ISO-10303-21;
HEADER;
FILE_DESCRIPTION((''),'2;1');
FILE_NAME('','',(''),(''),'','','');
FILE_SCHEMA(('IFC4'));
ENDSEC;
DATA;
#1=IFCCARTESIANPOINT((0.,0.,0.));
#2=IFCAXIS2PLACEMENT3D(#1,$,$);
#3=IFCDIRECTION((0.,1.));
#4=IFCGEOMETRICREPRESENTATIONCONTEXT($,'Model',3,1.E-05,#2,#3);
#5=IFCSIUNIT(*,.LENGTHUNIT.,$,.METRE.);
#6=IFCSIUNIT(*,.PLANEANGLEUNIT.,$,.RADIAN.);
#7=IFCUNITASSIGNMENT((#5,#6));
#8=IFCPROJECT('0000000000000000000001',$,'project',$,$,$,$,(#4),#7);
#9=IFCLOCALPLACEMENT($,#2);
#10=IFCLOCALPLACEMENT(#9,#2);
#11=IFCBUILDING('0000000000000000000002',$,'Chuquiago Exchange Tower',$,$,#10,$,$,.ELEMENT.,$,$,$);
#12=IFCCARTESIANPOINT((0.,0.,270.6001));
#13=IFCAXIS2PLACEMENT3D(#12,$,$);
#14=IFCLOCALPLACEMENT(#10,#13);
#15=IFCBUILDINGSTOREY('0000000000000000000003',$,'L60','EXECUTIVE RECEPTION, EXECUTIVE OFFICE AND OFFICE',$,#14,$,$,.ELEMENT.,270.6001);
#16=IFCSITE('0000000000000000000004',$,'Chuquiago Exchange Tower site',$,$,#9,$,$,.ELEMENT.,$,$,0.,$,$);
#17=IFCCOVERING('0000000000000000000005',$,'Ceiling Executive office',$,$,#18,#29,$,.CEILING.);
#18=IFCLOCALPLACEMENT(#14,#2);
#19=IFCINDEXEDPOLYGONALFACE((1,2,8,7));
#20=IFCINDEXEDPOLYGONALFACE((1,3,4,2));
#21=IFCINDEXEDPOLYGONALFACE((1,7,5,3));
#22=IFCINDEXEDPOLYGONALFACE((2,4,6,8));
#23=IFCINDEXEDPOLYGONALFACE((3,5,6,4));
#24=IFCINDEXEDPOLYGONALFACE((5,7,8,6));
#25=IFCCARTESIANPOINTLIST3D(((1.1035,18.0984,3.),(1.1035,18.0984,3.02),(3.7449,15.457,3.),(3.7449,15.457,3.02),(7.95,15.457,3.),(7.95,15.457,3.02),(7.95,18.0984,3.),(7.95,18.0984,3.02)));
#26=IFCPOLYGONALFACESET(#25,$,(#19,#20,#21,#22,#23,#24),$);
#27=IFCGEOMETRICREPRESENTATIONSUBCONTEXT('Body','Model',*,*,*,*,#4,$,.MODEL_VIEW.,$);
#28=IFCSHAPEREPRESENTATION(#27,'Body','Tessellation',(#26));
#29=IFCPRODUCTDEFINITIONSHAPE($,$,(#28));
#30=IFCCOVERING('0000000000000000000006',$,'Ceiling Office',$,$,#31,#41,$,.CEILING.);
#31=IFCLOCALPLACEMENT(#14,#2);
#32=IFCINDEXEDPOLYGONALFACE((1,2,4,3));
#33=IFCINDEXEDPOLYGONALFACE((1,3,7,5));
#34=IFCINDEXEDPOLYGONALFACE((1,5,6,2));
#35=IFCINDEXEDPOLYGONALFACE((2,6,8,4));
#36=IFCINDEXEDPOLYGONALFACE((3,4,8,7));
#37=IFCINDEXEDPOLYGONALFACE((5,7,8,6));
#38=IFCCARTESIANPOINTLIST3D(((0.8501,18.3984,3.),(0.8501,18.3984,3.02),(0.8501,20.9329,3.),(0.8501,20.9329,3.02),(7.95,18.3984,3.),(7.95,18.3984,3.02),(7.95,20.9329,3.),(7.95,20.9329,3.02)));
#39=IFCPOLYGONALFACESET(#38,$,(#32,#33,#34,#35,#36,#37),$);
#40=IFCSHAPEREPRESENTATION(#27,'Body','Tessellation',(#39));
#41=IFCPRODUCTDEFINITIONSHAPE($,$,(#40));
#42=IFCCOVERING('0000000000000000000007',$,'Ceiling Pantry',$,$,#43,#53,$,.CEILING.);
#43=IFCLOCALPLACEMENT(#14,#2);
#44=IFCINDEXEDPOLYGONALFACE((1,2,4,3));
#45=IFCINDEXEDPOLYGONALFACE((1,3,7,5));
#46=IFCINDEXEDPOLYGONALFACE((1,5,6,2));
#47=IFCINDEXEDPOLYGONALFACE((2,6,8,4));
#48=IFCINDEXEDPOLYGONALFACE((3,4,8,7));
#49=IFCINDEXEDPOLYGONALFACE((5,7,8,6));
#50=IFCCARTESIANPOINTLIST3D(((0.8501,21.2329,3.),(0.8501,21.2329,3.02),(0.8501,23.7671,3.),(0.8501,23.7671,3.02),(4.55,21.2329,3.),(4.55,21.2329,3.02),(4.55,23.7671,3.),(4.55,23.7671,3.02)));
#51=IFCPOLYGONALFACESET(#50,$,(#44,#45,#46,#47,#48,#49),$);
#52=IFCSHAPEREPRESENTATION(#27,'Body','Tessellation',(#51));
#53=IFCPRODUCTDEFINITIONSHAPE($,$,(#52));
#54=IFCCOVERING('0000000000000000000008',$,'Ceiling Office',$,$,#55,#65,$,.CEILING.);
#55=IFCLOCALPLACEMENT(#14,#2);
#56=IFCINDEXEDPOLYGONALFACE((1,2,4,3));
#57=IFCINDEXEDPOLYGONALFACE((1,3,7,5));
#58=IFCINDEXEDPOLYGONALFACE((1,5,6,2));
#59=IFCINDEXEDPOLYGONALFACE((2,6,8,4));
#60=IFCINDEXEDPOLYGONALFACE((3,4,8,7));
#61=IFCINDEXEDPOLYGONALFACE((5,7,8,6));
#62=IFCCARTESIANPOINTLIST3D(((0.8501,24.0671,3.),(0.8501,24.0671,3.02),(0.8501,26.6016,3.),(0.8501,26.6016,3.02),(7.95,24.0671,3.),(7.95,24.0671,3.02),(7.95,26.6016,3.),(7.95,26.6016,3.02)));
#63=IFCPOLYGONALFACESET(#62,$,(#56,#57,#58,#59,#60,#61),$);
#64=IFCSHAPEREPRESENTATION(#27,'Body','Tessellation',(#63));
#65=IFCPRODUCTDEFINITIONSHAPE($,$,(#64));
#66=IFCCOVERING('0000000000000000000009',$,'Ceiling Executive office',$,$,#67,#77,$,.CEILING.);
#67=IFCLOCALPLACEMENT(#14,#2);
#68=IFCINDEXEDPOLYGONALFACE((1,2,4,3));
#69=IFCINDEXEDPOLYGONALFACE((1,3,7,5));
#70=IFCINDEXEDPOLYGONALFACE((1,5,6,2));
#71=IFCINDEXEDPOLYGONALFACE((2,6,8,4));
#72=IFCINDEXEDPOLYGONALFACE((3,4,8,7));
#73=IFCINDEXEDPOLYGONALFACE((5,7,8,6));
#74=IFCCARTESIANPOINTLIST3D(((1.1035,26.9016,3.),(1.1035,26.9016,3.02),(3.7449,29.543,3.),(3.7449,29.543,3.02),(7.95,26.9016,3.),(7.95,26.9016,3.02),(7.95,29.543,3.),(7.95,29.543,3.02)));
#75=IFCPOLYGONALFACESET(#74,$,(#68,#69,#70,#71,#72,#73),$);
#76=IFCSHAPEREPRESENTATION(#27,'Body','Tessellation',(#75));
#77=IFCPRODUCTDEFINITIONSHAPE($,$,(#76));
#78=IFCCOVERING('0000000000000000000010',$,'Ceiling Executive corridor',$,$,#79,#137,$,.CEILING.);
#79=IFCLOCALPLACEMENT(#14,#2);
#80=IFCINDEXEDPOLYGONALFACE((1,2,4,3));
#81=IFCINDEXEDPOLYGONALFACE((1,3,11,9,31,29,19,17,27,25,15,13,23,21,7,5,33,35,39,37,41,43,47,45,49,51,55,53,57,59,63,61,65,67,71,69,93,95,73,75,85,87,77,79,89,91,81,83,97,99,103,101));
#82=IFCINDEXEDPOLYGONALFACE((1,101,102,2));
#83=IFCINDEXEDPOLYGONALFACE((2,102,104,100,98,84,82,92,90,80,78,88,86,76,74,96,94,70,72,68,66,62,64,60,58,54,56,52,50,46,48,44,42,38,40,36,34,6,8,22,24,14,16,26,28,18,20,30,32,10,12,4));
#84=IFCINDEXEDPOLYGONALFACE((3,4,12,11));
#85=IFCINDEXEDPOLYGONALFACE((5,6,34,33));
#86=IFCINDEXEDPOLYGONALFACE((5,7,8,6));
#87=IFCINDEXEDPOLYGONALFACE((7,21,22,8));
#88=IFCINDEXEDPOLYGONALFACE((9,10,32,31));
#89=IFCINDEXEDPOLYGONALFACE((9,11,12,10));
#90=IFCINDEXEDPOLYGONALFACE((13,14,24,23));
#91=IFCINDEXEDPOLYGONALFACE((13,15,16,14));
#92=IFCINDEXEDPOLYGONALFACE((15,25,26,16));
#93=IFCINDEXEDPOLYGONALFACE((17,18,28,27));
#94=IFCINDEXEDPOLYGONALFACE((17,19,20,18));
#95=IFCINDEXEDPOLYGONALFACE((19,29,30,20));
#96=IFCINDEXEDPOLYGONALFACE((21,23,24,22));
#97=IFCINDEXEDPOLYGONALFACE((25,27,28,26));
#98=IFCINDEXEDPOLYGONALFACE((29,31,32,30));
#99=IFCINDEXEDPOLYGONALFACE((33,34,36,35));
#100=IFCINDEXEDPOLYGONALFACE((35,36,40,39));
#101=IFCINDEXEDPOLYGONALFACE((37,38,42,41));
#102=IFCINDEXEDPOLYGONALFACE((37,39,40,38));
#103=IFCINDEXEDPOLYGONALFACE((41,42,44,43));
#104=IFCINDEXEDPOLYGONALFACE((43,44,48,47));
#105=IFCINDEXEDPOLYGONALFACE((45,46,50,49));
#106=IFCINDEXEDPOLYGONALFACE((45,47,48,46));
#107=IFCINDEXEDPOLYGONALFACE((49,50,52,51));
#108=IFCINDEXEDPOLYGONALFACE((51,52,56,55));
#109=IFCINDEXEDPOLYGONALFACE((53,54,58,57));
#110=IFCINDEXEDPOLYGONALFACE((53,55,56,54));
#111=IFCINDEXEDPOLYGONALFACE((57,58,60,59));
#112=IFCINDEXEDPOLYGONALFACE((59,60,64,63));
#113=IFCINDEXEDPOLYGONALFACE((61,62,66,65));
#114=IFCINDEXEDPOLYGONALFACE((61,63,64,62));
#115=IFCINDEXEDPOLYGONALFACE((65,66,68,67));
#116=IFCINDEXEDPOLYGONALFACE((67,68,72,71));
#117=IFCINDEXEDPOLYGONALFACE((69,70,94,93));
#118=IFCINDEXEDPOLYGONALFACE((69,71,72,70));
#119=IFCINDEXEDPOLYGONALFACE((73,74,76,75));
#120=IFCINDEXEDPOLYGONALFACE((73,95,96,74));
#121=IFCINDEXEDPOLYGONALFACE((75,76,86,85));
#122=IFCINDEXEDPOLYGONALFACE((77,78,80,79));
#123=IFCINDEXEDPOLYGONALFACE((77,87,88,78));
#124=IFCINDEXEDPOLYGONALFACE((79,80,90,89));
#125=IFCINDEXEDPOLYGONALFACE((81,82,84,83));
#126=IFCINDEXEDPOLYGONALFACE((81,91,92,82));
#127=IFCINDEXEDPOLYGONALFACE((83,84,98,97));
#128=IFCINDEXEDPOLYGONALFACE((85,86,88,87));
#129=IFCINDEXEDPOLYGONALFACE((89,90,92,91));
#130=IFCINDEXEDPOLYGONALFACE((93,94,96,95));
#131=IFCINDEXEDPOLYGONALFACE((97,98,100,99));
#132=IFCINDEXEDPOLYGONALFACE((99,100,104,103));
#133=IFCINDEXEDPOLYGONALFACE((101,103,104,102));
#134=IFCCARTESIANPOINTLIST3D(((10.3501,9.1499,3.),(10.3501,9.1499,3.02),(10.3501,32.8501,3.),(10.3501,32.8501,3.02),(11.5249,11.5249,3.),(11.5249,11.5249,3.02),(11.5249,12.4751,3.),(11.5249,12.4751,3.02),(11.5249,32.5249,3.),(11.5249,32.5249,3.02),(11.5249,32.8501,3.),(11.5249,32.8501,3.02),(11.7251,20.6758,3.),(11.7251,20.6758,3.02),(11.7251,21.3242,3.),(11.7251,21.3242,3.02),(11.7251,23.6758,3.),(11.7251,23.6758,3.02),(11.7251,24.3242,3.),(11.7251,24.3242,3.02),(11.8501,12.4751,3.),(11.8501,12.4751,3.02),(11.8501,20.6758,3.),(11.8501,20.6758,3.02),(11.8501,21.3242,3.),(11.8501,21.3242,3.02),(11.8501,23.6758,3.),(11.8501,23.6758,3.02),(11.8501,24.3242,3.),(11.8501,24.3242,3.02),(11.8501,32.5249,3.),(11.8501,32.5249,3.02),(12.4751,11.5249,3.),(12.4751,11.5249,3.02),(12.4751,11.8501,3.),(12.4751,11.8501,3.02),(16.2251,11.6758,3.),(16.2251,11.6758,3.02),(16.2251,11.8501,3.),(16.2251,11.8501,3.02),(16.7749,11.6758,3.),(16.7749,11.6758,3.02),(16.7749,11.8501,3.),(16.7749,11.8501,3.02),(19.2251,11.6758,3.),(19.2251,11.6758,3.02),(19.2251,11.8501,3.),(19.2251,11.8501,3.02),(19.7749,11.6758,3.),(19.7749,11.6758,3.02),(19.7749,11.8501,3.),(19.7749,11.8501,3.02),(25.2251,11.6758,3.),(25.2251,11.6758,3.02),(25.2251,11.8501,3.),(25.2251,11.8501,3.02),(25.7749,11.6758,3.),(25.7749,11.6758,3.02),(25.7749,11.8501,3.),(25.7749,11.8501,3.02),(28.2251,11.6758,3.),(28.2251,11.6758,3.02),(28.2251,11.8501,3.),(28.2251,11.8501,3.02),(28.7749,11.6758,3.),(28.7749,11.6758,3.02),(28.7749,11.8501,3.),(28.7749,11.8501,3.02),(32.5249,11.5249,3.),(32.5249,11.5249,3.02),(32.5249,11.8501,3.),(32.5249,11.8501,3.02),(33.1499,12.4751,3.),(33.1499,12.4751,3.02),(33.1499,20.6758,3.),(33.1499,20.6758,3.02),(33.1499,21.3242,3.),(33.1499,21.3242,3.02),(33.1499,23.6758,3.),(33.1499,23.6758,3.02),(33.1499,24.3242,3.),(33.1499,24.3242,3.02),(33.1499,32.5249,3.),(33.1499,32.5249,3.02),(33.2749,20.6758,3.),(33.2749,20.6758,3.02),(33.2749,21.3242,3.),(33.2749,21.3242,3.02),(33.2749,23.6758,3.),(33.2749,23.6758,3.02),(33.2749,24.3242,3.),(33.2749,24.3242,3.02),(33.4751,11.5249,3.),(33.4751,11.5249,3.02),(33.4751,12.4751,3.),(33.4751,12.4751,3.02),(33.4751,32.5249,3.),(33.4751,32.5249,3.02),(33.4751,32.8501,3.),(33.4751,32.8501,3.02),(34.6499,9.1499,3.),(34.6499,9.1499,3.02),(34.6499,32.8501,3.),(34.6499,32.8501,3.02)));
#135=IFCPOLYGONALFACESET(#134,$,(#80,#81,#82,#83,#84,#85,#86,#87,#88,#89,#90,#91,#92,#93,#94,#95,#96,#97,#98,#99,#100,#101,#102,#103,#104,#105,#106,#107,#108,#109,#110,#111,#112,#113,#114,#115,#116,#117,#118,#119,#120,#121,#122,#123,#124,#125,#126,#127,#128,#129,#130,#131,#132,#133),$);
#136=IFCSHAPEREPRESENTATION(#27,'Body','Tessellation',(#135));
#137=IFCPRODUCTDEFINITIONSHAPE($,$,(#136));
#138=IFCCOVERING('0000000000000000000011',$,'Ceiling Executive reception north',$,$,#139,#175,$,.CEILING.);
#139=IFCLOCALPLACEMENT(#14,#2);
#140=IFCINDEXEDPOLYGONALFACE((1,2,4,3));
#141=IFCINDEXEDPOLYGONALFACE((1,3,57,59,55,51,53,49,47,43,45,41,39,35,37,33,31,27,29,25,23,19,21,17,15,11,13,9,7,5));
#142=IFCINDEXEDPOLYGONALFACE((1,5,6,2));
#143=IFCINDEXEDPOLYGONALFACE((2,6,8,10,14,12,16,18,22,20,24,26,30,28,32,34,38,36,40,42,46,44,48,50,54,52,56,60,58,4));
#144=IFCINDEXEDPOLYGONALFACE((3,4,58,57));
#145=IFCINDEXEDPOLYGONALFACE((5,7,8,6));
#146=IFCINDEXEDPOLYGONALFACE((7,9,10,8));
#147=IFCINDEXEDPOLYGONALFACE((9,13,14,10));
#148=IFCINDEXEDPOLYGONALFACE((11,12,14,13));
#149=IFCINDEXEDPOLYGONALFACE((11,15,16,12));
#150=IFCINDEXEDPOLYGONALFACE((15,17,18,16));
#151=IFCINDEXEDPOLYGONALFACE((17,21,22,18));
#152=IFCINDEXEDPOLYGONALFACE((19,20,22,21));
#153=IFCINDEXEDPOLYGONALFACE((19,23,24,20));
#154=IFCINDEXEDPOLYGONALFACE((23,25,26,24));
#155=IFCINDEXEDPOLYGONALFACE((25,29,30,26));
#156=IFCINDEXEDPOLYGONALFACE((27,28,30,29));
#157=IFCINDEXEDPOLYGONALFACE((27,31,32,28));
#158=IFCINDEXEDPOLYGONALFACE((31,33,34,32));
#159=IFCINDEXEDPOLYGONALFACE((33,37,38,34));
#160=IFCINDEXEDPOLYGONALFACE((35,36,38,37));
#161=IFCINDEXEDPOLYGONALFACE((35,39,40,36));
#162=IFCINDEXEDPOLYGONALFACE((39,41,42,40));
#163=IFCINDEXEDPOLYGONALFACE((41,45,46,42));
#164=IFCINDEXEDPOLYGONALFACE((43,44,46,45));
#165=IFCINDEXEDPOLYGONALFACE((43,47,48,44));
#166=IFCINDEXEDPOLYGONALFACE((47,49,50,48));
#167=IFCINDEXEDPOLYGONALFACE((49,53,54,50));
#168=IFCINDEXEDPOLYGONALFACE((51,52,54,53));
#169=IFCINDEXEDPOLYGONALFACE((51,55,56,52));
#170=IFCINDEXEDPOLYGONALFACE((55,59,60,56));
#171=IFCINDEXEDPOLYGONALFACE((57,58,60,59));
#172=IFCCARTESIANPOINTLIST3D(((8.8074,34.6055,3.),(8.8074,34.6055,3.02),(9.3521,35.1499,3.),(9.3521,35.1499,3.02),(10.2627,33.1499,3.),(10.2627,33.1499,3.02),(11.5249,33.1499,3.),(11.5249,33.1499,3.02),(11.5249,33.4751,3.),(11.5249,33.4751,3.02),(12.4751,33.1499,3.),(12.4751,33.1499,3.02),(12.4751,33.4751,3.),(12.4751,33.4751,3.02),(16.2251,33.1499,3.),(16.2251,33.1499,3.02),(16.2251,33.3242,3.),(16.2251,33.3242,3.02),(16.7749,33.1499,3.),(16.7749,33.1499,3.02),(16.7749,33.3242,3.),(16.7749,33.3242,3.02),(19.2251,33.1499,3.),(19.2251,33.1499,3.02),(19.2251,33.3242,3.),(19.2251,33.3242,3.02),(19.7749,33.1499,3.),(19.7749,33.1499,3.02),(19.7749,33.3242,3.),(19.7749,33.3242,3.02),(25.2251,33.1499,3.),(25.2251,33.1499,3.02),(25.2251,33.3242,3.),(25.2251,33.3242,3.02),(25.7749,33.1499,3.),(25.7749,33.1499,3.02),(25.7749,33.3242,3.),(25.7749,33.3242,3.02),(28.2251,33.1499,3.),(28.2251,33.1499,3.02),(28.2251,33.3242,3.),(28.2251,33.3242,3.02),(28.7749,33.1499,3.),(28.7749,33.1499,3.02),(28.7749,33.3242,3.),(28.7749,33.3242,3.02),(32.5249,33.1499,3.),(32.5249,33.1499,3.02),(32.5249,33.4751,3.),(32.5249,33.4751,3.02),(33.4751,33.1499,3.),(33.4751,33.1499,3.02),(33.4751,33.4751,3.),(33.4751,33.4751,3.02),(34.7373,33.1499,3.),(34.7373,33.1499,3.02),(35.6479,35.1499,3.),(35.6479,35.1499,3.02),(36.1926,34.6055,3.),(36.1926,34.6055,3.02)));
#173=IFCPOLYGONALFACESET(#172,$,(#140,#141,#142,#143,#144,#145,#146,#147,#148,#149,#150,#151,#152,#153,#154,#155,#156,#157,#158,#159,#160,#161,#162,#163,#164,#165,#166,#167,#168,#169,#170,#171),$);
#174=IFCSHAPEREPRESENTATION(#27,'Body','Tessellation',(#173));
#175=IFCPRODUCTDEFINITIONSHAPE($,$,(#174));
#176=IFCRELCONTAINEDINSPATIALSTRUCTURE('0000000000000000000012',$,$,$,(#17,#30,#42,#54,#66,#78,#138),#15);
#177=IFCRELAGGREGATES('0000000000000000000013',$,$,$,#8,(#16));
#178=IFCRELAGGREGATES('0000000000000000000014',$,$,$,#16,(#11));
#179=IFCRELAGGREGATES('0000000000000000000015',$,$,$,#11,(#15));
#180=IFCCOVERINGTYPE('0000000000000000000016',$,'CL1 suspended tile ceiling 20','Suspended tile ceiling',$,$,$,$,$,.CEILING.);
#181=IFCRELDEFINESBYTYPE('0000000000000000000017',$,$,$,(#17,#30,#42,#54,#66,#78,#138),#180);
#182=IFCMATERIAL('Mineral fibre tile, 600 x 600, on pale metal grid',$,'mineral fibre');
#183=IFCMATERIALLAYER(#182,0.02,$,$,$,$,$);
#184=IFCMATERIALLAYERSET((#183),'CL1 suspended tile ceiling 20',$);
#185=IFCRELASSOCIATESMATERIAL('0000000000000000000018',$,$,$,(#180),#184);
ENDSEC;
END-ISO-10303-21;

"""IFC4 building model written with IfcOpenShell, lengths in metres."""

from ifc_helpers import new_model, si_unit, direction, frame, origin, place, context, subcontext, project, spatial, polyline, outline, extrude, material, layer, layer_set, type_object, element, save


model = new_model("IFC4")

# Units and contexts
model_context = context("Model", 3, precision=1e-05, world=origin(), true_north=direction((0.0, 1.0)))
body_context = subcontext(model_context, "Body", "Model", "MODEL_VIEW")
ifc_project = project(units=[si_unit("LENGTHUNIT", "METRE"), si_unit("PLANEANGLEUNIT", "RADIAN")], contexts=[model_context])

# Site, building, storey
site_placement = place(None, origin())
site = spatial("IfcSite", under=ifc_project, at=site_placement, Name="Chuquiago Exchange Tower site", CompositionType="ELEMENT", RefElevation=0.0)
building_placement = place(site_placement, origin())
building = spatial("IfcBuilding", under=site, at=building_placement, Name="Chuquiago Exchange Tower", CompositionType="ELEMENT")
storey_placement = place(building_placement, frame((0.0, 0.0, 270.6001)))
storey = spatial("IfcBuildingStorey", under=building, at=storey_placement, Name="L60", Description="EXECUTIVE RECEPTION, EXECUTIVE OFFICE AND OFFICE", CompositionType="ELEMENT", Elevation=270.6001)

# Coverings
ifc_material_1 = material(Name="Mineral fibre tile, 600 x 600, on pale metal grid", Category="mineral fibre")
ifc_layer_1 = layer(ifc_material_1, 0.02)
ifc_layer_set_1 = layer_set([ifc_layer_1], Name="CL1 suspended tile ceiling 20")
covering_type_1 = type_object("IfcCoveringType", Name="CL1 suspended tile ceiling 20", Description="Suspended tile ceiling", PredefinedType="CEILING", material=ifc_layer_set_1)
covering_1_placement = place(storey_placement, frame((0.0, 0.0, 3.0)))
element("IfcCovering", 1, at=covering_1_placement, inside=storey, type_object=covering_type_1, Name="Ceiling Executive office", PredefinedType="CEILING", context=body_context, shape_type="SweptSolid", body=[
    extrude(outline(polyline([(7.95, 18.0984), (7.95, 15.457), (3.7449, 15.457), (1.1035, 18.0984), (7.95, 18.0984)])), origin(), (0.0, 0.0, 1.0), 0.02),
])
covering_2_placement = place(storey_placement, frame((0.0, 0.0, 3.0)))
element("IfcCovering", 2, at=covering_2_placement, inside=storey, type_object=covering_type_1, Name="Ceiling Office", PredefinedType="CEILING", context=body_context, shape_type="SweptSolid", body=[
    extrude(outline(polyline([(0.8501, 20.9329), (7.95, 20.9329), (7.95, 18.3984), (0.8501, 18.3984), (0.8501, 20.9329)])), origin(), (0.0, 0.0, 1.0), 0.02),
])
covering_3_placement = place(storey_placement, frame((0.0, 0.0, 3.0)))
element("IfcCovering", 3, at=covering_3_placement, inside=storey, type_object=covering_type_1, Name="Ceiling Pantry", PredefinedType="CEILING", context=body_context, shape_type="SweptSolid", body=[
    extrude(outline(polyline([(4.55, 23.7671), (4.55, 21.2329), (0.8501, 21.2329), (0.8501, 23.7671), (4.55, 23.7671)])), origin(), (0.0, 0.0, 1.0), 0.02),
])
covering_4_placement = place(storey_placement, frame((0.0, 0.0, 3.0)))
element("IfcCovering", 4, at=covering_4_placement, inside=storey, type_object=covering_type_1, Name="Ceiling Office", PredefinedType="CEILING", context=body_context, shape_type="SweptSolid", body=[
    extrude(outline(polyline([(7.95, 26.6016), (7.95, 24.0671), (0.8501, 24.0671), (0.8501, 26.6016), (7.95, 26.6016)])), origin(), (0.0, 0.0, 1.0), 0.02),
])
covering_5_placement = place(storey_placement, frame((0.0, 0.0, 3.0)))
element("IfcCovering", 5, at=covering_5_placement, inside=storey, type_object=covering_type_1, Name="Ceiling Executive office", PredefinedType="CEILING", context=body_context, shape_type="SweptSolid", body=[
    extrude(outline(polyline([(7.95, 29.543), (7.95, 26.9016), (1.1035, 26.9016), (3.7449, 29.543), (7.95, 29.543)])), origin(), (0.0, 0.0, 1.0), 0.02),
])
covering_6_placement = place(storey_placement, frame((0.0, 0.0, 3.0)))
element("IfcCovering", 6, at=covering_6_placement, inside=storey, type_object=covering_type_1, Name="Ceiling Executive corridor", PredefinedType="CEILING", context=body_context, shape_type="SweptSolid", body=[
    extrude(outline(polyline([(16.2251, 11.8501), (16.2251, 11.6758), (16.7749, 11.6758), (16.7749, 11.8501), (19.2251, 11.8501), (19.2251, 11.6758), (19.7749, 11.6758), (19.7749, 11.8501), (25.2251, 11.8501), (25.2251, 11.6758), (25.7749, 11.6758), (25.7749, 11.8501), (28.2251, 11.8501), (28.2251, 11.6758), (28.7749, 11.6758), (28.7749, 11.8501), (32.5249, 11.8501), (32.5249, 11.5249), (33.4751, 11.5249), (33.4751, 12.4751), (33.1499, 12.4751), (33.1499, 20.6758), (33.2749, 20.6758), (33.2749, 21.3242), (33.1499, 21.3242), (33.1499, 23.6758), (33.2749, 23.6758), (33.2749, 24.3242), (33.1499, 24.3242), (33.1499, 32.5249), (33.4751, 32.5249), (33.4751, 32.8501), (34.6499, 32.8501), (34.6499, 9.1499), (10.3501, 9.1499), (10.3501, 32.8501), (11.5249, 32.8501), (11.5249, 32.5249), (11.8501, 32.5249), (11.8501, 24.3242), (11.7251, 24.3242), (11.7251, 23.6758), (11.8501, 23.6758), (11.8501, 21.3242), (11.7251, 21.3242), (11.7251, 20.6758), (11.8501, 20.6758), (11.8501, 12.4751), (11.5249, 12.4751), (11.5249, 11.5249), (12.4751, 11.5249), (12.4751, 11.8501), (16.2251, 11.8501)])), origin(), (0.0, 0.0, 1.0), 0.02),
])
covering_7_placement = place(storey_placement, frame((0.0, 0.0, 3.0)))
element("IfcCovering", 7, at=covering_7_placement, inside=storey, type_object=covering_type_1, Name="Ceiling Executive reception north", PredefinedType="CEILING", context=body_context, shape_type="SweptSolid", body=[
    extrude(outline(polyline([(35.6479, 35.1499), (36.1926, 34.6055), (34.7373, 33.1499), (33.4751, 33.1499), (33.4751, 33.4751), (32.5249, 33.4751), (32.5249, 33.1499), (28.7749, 33.1499), (28.7749, 33.3242), (28.2251, 33.3242), (28.2251, 33.1499), (25.7749, 33.1499), (25.7749, 33.3242), (25.2251, 33.3242), (25.2251, 33.1499), (19.7749, 33.1499), (19.7749, 33.3242), (19.2251, 33.3242), (19.2251, 33.1499), (16.7749, 33.1499), (16.7749, 33.3242), (16.2251, 33.3242), (16.2251, 33.1499), (12.4751, 33.1499), (12.4751, 33.4751), (11.5249, 33.4751), (11.5249, 33.1499), (10.2627, 33.1499), (8.8074, 34.6055), (9.3521, 35.1499), (35.6479, 35.1499)])), origin(), (0.0, 0.0, 1.0), 0.02),
])

save(model, "model.ifc")
